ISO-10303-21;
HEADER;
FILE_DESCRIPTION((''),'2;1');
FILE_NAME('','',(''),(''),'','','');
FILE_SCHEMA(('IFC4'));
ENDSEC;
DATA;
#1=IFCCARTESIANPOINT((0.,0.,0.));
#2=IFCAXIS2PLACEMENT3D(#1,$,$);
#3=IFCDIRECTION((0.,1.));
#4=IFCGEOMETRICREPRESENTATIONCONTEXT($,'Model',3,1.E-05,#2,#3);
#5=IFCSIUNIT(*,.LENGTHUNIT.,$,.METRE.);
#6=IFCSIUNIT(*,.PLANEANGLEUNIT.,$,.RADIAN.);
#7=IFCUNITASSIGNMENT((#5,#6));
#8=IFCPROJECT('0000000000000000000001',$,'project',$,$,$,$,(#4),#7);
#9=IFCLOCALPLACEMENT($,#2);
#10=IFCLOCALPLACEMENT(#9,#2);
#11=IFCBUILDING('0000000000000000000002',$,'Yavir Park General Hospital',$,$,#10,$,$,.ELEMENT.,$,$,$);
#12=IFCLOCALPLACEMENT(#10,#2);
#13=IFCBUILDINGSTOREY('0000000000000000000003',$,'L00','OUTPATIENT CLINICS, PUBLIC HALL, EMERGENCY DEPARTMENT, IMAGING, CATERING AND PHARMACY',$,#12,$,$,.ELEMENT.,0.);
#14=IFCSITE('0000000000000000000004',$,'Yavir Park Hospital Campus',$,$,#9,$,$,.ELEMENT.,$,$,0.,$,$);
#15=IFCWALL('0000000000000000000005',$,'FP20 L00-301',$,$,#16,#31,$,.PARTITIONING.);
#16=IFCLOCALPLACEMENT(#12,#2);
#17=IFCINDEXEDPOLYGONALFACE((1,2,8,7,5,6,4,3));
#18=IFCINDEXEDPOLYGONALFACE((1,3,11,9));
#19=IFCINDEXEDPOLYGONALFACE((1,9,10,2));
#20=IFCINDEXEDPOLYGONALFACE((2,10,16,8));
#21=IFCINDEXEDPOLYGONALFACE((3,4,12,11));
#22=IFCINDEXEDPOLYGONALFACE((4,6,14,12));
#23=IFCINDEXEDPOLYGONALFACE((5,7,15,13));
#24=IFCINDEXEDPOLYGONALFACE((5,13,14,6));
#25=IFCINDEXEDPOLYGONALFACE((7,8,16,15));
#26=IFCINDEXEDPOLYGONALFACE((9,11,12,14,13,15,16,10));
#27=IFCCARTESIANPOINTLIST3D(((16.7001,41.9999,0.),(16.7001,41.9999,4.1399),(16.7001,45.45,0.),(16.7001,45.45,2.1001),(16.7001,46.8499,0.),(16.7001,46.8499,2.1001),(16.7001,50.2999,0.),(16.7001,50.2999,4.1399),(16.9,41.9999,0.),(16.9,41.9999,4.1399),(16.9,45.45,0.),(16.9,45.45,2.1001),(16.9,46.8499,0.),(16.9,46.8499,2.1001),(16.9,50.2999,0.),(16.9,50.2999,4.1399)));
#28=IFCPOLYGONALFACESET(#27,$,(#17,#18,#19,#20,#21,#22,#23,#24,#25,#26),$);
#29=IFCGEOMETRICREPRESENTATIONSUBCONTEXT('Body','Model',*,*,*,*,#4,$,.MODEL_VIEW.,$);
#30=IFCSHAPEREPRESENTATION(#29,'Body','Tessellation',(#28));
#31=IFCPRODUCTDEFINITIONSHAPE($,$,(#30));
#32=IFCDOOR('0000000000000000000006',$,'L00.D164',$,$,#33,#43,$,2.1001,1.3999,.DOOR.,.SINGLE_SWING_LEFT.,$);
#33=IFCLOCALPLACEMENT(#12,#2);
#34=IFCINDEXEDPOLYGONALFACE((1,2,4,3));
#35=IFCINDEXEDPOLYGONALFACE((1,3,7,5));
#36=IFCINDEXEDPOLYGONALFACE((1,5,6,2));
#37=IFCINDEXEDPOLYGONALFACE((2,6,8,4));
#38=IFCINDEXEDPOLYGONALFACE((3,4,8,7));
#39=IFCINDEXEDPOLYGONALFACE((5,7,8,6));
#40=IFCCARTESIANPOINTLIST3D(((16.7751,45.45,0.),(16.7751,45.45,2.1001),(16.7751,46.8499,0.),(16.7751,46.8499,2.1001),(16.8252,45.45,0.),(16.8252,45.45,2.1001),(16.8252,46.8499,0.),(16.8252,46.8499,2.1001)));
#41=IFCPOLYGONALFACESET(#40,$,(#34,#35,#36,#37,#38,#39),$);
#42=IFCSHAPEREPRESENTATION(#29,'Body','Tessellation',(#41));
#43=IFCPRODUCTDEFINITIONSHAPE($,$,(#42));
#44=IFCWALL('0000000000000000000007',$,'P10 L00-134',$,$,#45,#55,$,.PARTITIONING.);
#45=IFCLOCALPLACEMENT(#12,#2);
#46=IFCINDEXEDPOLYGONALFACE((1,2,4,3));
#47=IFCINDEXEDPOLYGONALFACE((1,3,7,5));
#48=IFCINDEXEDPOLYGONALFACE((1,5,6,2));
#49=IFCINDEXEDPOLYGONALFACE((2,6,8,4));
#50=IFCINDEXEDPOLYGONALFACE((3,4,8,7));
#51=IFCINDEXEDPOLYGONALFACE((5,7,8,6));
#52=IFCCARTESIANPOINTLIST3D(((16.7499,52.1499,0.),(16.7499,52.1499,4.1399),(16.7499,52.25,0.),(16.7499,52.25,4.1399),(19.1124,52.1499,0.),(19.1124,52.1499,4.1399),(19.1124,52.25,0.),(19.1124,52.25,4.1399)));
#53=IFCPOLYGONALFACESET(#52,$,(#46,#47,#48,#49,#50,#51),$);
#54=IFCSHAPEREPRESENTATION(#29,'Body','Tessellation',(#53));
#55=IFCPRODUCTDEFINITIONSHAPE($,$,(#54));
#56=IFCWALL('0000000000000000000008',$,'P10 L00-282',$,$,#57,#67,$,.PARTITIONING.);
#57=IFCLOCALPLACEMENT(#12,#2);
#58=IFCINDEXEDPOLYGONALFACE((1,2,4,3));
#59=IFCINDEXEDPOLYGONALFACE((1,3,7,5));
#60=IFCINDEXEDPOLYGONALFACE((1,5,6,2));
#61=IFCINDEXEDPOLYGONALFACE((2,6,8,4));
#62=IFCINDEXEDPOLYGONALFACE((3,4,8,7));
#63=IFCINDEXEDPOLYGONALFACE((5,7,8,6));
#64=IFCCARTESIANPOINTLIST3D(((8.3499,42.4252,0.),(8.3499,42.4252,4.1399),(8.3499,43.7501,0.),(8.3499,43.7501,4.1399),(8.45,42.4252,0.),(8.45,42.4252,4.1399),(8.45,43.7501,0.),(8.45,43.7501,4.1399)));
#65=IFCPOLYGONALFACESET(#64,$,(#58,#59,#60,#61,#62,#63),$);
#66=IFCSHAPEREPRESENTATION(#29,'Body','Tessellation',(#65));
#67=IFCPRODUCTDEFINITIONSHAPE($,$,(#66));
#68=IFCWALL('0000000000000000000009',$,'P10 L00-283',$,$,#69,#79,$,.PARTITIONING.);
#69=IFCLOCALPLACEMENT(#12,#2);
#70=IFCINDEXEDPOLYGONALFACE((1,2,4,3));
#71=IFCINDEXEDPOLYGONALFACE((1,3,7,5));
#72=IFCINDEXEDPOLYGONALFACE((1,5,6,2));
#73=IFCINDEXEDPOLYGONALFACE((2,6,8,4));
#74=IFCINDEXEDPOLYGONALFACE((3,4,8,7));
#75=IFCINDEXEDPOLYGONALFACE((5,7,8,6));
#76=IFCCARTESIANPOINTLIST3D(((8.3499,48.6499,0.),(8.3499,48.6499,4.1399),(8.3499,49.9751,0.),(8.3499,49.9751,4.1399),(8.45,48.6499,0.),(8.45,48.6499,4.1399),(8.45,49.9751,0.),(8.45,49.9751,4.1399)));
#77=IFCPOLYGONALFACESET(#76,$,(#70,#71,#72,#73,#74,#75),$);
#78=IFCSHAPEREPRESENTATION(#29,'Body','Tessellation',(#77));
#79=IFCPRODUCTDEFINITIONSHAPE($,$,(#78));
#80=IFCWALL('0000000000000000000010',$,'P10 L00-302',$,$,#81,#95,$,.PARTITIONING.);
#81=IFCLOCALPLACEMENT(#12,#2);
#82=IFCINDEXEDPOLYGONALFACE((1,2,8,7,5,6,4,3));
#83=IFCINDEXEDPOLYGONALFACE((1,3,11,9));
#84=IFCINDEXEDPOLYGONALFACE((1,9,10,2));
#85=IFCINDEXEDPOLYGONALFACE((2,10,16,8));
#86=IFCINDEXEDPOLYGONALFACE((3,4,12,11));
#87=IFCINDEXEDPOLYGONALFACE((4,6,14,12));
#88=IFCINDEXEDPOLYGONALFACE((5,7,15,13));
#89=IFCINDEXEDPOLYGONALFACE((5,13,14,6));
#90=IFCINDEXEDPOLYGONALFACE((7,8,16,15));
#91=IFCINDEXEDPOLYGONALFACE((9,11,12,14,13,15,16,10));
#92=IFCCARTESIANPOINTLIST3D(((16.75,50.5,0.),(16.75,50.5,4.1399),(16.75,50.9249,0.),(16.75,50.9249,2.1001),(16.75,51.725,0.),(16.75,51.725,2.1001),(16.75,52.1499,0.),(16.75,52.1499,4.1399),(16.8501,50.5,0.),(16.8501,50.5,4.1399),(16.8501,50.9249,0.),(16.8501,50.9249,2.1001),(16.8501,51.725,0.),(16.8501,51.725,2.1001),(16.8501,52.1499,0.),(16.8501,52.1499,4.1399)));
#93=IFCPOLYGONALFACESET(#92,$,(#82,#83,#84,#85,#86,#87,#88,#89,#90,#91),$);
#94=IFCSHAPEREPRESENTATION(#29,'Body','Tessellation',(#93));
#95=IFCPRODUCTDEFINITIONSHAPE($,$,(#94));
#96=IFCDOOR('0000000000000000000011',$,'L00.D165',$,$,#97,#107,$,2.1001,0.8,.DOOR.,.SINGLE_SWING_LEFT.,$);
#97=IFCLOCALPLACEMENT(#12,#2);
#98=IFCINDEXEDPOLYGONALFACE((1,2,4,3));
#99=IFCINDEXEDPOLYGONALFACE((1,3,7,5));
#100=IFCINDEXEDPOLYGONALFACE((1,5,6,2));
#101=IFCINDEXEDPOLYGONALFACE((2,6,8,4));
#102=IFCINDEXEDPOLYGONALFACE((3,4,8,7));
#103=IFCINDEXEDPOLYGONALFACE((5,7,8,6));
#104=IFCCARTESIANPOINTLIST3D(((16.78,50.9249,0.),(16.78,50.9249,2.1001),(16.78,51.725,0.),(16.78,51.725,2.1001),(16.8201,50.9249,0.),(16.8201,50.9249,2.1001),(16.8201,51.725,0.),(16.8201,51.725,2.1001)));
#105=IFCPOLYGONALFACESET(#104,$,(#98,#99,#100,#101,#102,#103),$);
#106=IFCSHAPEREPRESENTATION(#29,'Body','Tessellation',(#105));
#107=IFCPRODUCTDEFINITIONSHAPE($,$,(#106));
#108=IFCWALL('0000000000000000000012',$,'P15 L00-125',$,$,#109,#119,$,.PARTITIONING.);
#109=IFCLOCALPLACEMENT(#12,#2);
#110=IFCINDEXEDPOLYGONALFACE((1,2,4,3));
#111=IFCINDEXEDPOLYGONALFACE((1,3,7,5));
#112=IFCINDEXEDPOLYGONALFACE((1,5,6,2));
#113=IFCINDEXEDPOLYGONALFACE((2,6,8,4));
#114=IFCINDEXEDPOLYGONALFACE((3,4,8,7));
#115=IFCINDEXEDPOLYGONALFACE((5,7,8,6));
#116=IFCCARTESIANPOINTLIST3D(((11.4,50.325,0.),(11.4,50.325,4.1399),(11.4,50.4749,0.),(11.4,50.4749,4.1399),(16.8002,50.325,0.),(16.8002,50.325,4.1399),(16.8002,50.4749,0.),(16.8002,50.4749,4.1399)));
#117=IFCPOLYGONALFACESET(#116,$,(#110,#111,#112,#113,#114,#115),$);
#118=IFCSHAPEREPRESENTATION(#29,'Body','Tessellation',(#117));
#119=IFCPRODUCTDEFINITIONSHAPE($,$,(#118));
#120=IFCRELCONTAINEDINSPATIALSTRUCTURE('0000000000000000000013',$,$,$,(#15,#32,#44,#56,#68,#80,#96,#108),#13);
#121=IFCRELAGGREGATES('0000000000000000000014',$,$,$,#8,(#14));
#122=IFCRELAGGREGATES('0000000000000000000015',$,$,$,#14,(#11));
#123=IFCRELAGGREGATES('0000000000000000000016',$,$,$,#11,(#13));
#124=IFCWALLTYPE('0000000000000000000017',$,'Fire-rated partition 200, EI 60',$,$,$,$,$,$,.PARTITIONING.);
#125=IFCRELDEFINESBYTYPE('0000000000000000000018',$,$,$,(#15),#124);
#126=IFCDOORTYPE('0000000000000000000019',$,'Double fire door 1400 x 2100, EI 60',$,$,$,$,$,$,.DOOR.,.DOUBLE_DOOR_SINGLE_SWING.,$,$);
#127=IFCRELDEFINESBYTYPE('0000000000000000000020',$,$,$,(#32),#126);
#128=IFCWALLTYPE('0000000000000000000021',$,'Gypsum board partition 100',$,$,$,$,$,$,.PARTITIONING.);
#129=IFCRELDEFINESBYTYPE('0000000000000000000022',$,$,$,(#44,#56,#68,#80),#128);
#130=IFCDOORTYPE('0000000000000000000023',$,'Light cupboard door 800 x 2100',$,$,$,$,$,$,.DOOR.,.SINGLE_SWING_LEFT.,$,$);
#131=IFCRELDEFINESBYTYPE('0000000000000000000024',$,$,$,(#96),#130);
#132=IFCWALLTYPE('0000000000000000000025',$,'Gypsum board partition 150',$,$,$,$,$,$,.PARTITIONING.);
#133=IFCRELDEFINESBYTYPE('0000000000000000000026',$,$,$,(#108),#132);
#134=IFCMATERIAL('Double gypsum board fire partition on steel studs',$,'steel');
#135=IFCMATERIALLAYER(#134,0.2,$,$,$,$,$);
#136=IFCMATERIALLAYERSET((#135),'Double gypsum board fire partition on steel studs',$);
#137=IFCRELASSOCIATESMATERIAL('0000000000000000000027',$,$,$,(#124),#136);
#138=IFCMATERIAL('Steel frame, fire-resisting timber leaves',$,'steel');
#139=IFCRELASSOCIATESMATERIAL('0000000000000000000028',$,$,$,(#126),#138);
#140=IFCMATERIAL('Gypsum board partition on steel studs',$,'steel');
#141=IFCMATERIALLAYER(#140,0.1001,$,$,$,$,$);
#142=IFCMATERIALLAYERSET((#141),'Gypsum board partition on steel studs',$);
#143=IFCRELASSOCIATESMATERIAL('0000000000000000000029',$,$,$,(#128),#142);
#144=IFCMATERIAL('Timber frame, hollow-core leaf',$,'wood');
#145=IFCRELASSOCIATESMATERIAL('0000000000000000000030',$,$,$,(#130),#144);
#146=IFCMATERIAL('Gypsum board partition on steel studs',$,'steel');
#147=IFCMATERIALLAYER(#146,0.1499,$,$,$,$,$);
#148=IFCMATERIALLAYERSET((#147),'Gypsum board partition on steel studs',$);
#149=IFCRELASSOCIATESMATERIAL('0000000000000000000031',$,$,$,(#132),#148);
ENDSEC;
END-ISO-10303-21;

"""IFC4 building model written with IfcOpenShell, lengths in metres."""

from ifc_helpers import new_model, si_unit, direction, frame, frame_2d, origin, place, context, subcontext, project, spatial, rectangle, extrude, material, layer, layer_set, type_object, element, fill, save


model = new_model("IFC4")

# Units and contexts
model_context = context("Model", 3, precision=1e-05, world=origin(), true_north=direction((0.0, 1.0)))
body_context = subcontext(model_context, "Body", "Model", "MODEL_VIEW")
ifc_project = project(units=[si_unit("LENGTHUNIT", "METRE"), si_unit("PLANEANGLEUNIT", "RADIAN")], contexts=[model_context])

# Site, building, storey
site_placement = place(None, origin())
site = spatial("IfcSite", under=ifc_project, at=site_placement, Name="Yavir Park Hospital Campus", CompositionType="ELEMENT", RefElevation=0.0)
building_placement = place(site_placement, origin())
building = spatial("IfcBuilding", under=site, at=building_placement, Name="Yavir Park General Hospital", CompositionType="ELEMENT")
storey_placement = place(building_placement, origin())
storey = spatial("IfcBuildingStorey", under=building, at=storey_placement, Name="L00", Description="OUTPATIENT CLINICS, PUBLIC HALL, EMERGENCY DEPARTMENT, IMAGING, CATERING AND PHARMACY", CompositionType="ELEMENT", Elevation=0.0)

# Shared definitions
ifc_material_1 = material(Name="Double gypsum board fire partition on steel studs", Category="steel")
ifc_layer_1 = layer(ifc_material_1, 0.2)
ifc_layer_set_1 = layer_set([ifc_layer_1], Name="Double gypsum board fire partition on steel studs")
wall_type_1 = type_object("IfcWallType", Name="Fire-rated partition 200, EI 60", PredefinedType="PARTITIONING", material=ifc_layer_set_1)

# Wall, opening, door
wall_1_placement = place(storey_placement, frame((16.8, 42.0, 0.0), z_axis=(0.0, 0.0, 1.0), x_axis=(0.0, 1.0, 0.0)))
wall_1 = element("IfcWall", 1, at=wall_1_placement, inside=storey, type_object=wall_type_1, Name="FP20 L00-301", PredefinedType="PARTITIONING", context=body_context, shape_type="SweptSolid", body=[
    extrude(rectangle(XDim=8.3, YDim=0.2, at=frame_2d((4.1499, 0.0))), origin(), (0.0, 0.0, 1.0), 4.1399),
])
opening_1_placement = place(wall_1_placement, frame((3.45, 0.0, 0.0)))
opening_1 = element("IfcOpeningElement", 2, at=opening_1_placement, cuts=wall_1, PredefinedType="OPENING", context=body_context, shape_type="SweptSolid", body=[
    extrude(rectangle(XDim=1.3999, YDim=2.1001, at=frame_2d((0.7, 1.05))), frame((0.0, 0.1099, 0.0), z_axis=(0.0, -1.0, 0.0), x_axis=(1.0, 0.0, 0.0)), (0.0, 0.0, 1.0), 0.22),
])
ifc_material_2 = material(Name="Steel frame, fire-resisting timber leaves", Category="steel")
door_type_1 = type_object("IfcDoorType", Name="Double fire door 1400 x 2100, EI 60", OperationType="DOUBLE_DOOR_SINGLE_SWING", PredefinedType="DOOR", material=ifc_material_2)
door_1_placement = place(opening_1_placement, origin())
door_1 = element("IfcDoor", 3, at=door_1_placement, inside=storey, type_object=door_type_1, Name="L00.D164", OperationType="SINGLE_SWING_LEFT", OverallHeight=2.1001, OverallWidth=1.3999, PredefinedType="DOOR", context=body_context, shape_type="SweptSolid", body=[
    extrude(rectangle(XDim=1.3999, YDim=2.1001, at=frame_2d((0.7, 1.05))), frame((0.0, 0.0249, 0.0), z_axis=(0.0, -1.0, 0.0), x_axis=(1.0, 0.0, 0.0)), (0.0, 0.0, 1.0), 0.05),
])
fill(opening_1, door_1)

# Walls
ifc_material_3 = material(Name="Gypsum board partition on steel studs", Category="steel")
ifc_layer_2 = layer(ifc_material_3, 0.1001)
ifc_layer_set_2 = layer_set([ifc_layer_2], Name="Gypsum board partition on steel studs")
wall_type_2 = type_object("IfcWallType", Name="Gypsum board partition 100", PredefinedType="PARTITIONING", material=ifc_layer_set_2)
wall_2_placement = place(storey_placement, frame((16.75, 52.2, 0.0), z_axis=(0.0, 0.0, 1.0), x_axis=(1.0, 0.0, 0.0)))
element("IfcWall", 4, at=wall_2_placement, inside=storey, type_object=wall_type_2, Name="P10 L00-134", PredefinedType="PARTITIONING", context=body_context, shape_type="SweptSolid", body=[
    extrude(rectangle(XDim=2.3625, YDim=0.1001, at=frame_2d((1.1812, 0.0))), origin(), (0.0, 0.0, 1.0), 4.1399),
])
wall_3_placement = place(storey_placement, frame((8.3999, 42.425, 0.0), z_axis=(0.0, 0.0, 1.0), x_axis=(0.0, 1.0, 0.0)))
element("IfcWall", 5, at=wall_3_placement, inside=storey, type_object=wall_type_2, Name="P10 L00-282", PredefinedType="PARTITIONING", context=body_context, shape_type="SweptSolid", body=[
    extrude(rectangle(XDim=1.325, YDim=0.1001, at=frame_2d((0.6626, 0.0))), origin(), (0.0, 0.0, 1.0), 4.1399),
])
wall_4_placement = place(storey_placement, frame((8.3999, 48.6499, 0.0), z_axis=(0.0, 0.0, 1.0), x_axis=(0.0, 1.0, 0.0)))
element("IfcWall", 6, at=wall_4_placement, inside=storey, type_object=wall_type_2, Name="P10 L00-283", PredefinedType="PARTITIONING", context=body_context, shape_type="SweptSolid", body=[
    extrude(rectangle(XDim=1.3252, YDim=0.1001, at=frame_2d((0.6626, 0.0))), origin(), (0.0, 0.0, 1.0), 4.1399),
])

# Wall, opening, door
wall_5_placement = place(storey_placement, frame((16.8, 50.5, 0.0), z_axis=(0.0, 0.0, 1.0), x_axis=(0.0, 1.0, 0.0)))
wall_5 = element("IfcWall", 7, at=wall_5_placement, inside=storey, type_object=wall_type_2, Name="P10 L00-302", PredefinedType="PARTITIONING", context=body_context, shape_type="SweptSolid", body=[
    extrude(rectangle(XDim=1.6499, YDim=0.1001, at=frame_2d((0.825, 0.0))), origin(), (0.0, 0.0, 1.0), 4.1399),
])
opening_2_placement = place(wall_5_placement, frame((0.425, 0.0, 0.0)))
opening_2 = element("IfcOpeningElement", 8, at=opening_2_placement, cuts=wall_5, PredefinedType="OPENING", context=body_context, shape_type="SweptSolid", body=[
    extrude(rectangle(XDim=0.8, YDim=2.1001, at=frame_2d((0.3999, 1.05))), frame((0.0, 0.0601, 0.0), z_axis=(0.0, -1.0, 0.0), x_axis=(1.0, 0.0, 0.0)), (0.0, 0.0, 1.0), 0.1201),
])
ifc_material_4 = material(Name="Timber frame, hollow-core leaf", Category="wood")
door_type_2 = type_object("IfcDoorType", Name="Light cupboard door 800 x 2100", OperationType="SINGLE_SWING_LEFT", PredefinedType="DOOR", material=ifc_material_4)
door_2_placement = place(opening_2_placement, origin())
door_2 = element("IfcDoor", 9, at=door_2_placement, inside=storey, type_object=door_type_2, Name="L00.D165", OperationType="SINGLE_SWING_LEFT", OverallHeight=2.1001, OverallWidth=0.8, PredefinedType="DOOR", context=body_context, shape_type="SweptSolid", body=[
    extrude(rectangle(XDim=0.8, YDim=2.1001, at=frame_2d((0.3999, 1.05))), frame((0.0, 0.02, 0.0), z_axis=(0.0, -1.0, 0.0), x_axis=(1.0, 0.0, 0.0)), (0.0, 0.0, 1.0), 0.04),
])
fill(opening_2, door_2)

# Wall
ifc_material_5 = material(Name="Gypsum board partition on steel studs", Category="steel")
ifc_layer_3 = layer(ifc_material_5, 0.1499)
ifc_layer_set_3 = layer_set([ifc_layer_3], Name="Gypsum board partition on steel studs")
wall_type_3 = type_object("IfcWallType", Name="Gypsum board partition 150", PredefinedType="PARTITIONING", material=ifc_layer_set_3)
wall_6_placement = place(storey_placement, frame((11.3999, 50.3999, 0.0), z_axis=(0.0, 0.0, 1.0), x_axis=(1.0, 0.0, 0.0)))
element("IfcWall", 10, at=wall_6_placement, inside=storey, type_object=wall_type_3, Name="P15 L00-125", PredefinedType="PARTITIONING", context=body_context, shape_type="SweptSolid", body=[
    extrude(rectangle(XDim=5.4001, YDim=0.1499, at=frame_2d((2.7002, 0.0))), origin(), (0.0, 0.0, 1.0), 4.1399),
])

save(model, "model.ifc")
